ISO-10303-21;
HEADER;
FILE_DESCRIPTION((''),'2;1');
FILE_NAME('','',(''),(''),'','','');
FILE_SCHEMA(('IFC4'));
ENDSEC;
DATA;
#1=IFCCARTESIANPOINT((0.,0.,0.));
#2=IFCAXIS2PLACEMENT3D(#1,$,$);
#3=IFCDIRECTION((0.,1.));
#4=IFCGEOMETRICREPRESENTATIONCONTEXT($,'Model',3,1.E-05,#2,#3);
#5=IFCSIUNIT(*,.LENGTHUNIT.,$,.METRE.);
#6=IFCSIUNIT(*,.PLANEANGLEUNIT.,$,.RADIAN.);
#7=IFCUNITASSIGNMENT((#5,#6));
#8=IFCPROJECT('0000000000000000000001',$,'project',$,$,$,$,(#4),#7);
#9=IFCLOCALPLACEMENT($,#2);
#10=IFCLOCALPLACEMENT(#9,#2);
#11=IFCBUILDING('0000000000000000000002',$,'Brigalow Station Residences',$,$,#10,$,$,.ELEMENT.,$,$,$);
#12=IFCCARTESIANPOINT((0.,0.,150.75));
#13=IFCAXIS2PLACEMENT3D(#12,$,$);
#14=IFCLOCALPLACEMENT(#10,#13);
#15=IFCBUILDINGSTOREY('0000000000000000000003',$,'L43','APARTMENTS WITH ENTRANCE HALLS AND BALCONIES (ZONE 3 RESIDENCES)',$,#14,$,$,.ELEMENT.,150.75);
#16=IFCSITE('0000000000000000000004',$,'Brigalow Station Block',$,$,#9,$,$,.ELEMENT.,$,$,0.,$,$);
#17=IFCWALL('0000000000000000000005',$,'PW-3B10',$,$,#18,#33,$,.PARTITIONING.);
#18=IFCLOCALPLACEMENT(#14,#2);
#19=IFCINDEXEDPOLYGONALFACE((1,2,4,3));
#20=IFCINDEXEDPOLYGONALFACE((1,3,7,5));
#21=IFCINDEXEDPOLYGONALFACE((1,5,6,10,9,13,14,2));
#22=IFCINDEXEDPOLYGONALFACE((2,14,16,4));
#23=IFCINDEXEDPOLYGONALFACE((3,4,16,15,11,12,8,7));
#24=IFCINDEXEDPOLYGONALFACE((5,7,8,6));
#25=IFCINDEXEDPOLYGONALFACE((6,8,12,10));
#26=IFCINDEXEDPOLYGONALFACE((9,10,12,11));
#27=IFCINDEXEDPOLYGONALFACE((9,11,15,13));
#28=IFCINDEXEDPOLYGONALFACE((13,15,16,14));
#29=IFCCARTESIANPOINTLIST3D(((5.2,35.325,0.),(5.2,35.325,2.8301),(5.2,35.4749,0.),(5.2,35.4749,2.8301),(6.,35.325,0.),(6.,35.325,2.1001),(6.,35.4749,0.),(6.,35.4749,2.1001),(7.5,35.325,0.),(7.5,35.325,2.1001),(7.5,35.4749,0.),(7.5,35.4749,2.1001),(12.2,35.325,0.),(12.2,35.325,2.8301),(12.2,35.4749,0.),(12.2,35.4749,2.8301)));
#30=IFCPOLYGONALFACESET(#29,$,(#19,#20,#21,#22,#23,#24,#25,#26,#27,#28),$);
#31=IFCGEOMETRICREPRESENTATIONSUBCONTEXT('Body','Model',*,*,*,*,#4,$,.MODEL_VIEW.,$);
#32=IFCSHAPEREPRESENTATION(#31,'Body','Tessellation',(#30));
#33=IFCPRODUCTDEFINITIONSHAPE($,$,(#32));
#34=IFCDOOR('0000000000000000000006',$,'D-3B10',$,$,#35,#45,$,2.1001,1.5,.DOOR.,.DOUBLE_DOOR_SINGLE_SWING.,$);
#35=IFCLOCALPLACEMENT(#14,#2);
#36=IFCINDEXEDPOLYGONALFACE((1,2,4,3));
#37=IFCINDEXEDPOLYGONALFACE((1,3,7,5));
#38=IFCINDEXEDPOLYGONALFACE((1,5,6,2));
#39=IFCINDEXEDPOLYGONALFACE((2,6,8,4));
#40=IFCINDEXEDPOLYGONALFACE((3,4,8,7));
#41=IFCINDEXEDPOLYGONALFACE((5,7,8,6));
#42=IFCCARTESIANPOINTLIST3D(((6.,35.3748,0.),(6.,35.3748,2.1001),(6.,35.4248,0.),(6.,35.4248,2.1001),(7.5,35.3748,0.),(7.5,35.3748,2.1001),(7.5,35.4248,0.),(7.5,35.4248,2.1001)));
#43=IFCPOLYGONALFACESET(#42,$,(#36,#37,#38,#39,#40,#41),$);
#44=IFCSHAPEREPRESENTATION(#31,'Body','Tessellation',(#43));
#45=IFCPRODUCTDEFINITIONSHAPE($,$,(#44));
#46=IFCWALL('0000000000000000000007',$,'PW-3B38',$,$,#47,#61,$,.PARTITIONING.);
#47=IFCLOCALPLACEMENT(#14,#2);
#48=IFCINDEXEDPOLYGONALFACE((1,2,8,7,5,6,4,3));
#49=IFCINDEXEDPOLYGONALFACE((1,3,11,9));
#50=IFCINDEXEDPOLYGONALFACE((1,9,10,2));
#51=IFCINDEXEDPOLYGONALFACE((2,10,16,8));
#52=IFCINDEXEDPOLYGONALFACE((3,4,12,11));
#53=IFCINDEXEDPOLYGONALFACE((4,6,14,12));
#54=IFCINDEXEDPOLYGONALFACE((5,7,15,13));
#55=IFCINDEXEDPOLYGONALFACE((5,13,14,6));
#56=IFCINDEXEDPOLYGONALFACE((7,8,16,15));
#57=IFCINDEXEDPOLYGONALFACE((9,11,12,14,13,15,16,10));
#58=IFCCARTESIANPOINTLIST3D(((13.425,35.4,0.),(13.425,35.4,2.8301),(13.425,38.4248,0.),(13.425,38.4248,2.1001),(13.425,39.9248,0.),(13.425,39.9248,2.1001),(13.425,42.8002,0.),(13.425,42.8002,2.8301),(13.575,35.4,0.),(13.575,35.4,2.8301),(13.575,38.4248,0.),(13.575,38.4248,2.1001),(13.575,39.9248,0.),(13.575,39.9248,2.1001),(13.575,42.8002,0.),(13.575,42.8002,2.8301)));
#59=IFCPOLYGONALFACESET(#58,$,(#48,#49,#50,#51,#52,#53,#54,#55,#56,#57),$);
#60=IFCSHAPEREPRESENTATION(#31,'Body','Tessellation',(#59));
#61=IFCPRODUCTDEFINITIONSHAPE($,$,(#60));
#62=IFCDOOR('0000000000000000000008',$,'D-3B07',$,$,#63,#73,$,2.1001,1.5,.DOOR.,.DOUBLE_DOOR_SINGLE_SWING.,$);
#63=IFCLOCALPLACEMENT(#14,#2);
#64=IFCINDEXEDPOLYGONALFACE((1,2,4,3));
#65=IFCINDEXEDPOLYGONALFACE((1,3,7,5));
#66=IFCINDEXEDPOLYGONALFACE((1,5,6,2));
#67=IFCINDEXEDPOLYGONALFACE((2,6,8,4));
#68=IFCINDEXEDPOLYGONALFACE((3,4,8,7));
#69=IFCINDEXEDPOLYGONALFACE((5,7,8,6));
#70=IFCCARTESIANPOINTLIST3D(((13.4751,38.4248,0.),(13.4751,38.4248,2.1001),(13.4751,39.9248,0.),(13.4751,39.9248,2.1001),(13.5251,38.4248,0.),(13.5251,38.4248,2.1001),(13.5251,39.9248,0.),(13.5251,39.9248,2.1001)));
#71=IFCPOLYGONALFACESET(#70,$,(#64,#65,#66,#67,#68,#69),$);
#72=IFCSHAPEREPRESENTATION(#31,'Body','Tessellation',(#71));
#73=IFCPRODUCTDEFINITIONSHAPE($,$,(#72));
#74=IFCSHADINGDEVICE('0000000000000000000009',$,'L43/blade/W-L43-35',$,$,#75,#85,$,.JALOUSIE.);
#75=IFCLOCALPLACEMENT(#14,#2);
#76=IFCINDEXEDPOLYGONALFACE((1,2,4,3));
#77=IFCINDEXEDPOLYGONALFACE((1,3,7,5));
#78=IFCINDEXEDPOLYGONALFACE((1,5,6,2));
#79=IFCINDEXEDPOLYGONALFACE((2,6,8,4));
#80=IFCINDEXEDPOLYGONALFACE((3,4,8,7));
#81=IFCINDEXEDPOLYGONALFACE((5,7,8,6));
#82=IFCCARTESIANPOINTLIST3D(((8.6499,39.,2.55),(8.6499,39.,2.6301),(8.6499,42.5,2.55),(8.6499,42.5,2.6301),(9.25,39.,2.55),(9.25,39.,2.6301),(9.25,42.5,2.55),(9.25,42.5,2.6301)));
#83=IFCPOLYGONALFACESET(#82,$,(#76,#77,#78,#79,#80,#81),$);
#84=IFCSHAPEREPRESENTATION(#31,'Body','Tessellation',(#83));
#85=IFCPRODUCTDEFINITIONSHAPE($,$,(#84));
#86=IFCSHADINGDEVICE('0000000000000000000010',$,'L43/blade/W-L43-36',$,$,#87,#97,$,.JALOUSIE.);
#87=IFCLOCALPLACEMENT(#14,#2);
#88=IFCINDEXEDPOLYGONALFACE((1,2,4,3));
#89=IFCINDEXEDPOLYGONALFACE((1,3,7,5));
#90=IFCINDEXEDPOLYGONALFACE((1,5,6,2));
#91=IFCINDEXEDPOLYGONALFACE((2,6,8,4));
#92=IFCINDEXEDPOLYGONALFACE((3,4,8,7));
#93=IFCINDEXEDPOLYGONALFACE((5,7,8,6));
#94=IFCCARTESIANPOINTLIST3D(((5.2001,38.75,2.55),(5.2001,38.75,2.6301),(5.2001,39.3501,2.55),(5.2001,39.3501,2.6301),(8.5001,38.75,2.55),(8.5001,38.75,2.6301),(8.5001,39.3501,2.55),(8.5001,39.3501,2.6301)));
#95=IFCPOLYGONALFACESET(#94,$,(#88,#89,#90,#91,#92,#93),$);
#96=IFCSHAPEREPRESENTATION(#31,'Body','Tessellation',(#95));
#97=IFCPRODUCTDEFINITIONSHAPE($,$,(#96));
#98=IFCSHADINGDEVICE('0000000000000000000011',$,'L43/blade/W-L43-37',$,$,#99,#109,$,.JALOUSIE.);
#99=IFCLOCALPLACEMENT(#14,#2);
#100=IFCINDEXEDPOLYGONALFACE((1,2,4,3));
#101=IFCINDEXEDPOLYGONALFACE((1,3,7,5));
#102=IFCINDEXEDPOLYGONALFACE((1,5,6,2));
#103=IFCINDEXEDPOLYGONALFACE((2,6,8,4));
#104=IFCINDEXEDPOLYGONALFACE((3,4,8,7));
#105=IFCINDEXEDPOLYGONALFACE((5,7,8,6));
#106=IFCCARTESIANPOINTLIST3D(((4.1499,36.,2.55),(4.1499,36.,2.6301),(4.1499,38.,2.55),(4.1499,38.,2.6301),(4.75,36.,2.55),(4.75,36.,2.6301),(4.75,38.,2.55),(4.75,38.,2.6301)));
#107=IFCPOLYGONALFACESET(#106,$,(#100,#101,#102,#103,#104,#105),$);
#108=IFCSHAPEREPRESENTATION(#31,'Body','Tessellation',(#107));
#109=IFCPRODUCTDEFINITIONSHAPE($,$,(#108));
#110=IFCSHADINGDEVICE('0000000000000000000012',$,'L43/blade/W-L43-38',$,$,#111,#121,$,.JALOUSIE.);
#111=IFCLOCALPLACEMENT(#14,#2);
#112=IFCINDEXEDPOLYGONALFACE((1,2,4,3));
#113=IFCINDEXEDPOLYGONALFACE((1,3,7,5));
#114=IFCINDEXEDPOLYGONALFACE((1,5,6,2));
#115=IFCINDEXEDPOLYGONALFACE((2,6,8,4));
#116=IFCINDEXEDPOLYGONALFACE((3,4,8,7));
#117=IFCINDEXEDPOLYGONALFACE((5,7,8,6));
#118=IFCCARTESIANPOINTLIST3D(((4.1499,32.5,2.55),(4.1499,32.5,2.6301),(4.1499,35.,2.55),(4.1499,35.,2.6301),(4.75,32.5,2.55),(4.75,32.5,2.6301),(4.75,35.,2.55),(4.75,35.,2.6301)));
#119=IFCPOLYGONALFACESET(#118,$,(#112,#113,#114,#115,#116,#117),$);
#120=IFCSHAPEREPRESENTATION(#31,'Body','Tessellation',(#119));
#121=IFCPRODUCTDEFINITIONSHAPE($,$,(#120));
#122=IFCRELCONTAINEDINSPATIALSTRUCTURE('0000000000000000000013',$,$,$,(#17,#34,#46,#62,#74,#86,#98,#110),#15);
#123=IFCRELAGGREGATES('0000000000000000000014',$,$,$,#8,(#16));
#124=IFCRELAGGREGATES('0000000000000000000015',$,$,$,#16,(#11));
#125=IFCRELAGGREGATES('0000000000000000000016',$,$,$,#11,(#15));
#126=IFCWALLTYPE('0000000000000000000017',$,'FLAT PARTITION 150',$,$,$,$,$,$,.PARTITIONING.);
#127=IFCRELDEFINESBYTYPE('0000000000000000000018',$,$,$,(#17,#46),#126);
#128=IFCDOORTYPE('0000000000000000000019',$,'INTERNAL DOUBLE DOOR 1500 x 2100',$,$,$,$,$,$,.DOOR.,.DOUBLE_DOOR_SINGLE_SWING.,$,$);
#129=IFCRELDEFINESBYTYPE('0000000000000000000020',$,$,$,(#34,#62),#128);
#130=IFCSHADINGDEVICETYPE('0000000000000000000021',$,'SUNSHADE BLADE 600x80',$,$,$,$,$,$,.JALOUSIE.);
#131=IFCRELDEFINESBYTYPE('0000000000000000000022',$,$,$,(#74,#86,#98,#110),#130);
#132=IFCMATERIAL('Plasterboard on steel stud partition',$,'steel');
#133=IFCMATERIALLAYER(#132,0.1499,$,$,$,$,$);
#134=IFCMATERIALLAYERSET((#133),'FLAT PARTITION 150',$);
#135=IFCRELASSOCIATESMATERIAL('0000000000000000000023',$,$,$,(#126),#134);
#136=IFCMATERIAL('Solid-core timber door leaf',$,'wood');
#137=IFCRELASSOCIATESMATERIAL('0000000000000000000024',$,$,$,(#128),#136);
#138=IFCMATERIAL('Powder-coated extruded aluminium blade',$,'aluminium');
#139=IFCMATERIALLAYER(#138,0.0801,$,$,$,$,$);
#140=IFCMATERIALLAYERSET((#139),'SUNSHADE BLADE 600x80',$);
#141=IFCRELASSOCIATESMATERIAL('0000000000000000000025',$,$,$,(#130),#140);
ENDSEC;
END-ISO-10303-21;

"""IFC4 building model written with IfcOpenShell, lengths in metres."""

from ifc_helpers import new_model, si_unit, direction, frame, frame_2d, origin, origin_2d, place, context, subcontext, project, spatial, rectangle, extrude, material, layer, layer_set, type_object, element, fill, save


model = new_model("IFC4")

# Units and contexts
model_context = context("Model", 3, precision=1e-05, world=origin(), true_north=direction((0.0, 1.0)))
body_context = subcontext(model_context, "Body", "Model", "MODEL_VIEW")
ifc_project = project(units=[si_unit("LENGTHUNIT", "METRE"), si_unit("PLANEANGLEUNIT", "RADIAN")], contexts=[model_context])

# Site, building, storey
site_placement = place(None, origin())
site = spatial("IfcSite", under=ifc_project, at=site_placement, Name="Brigalow Station Block", CompositionType="ELEMENT", RefElevation=0.0)
building_placement = place(site_placement, origin())
building = spatial("IfcBuilding", under=site, at=building_placement, Name="Brigalow Station Residences", CompositionType="ELEMENT")
storey_placement = place(building_placement, frame((0.0, 0.0, 150.75)))
storey = spatial("IfcBuildingStorey", under=building, at=storey_placement, Name="L43", Description="APARTMENTS WITH ENTRANCE HALLS AND BALCONIES (ZONE 3 RESIDENCES)", CompositionType="ELEMENT", Elevation=150.75)

# Walls, openings, doors
ifc_material_1 = material(Name="Plasterboard on steel stud partition", Category="steel")
ifc_layer_1 = layer(ifc_material_1, 0.1499)
ifc_layer_set_1 = layer_set([ifc_layer_1], Name="FLAT PARTITION 150")
wall_type_1 = type_object("IfcWallType", Name="FLAT PARTITION 150", PredefinedType="PARTITIONING", material=ifc_layer_set_1)
wall_1_placement = place(storey_placement, frame((5.2, 35.3999, 0.0), z_axis=(0.0, 0.0, 1.0), x_axis=(1.0, 0.0, 0.0)))
wall_1 = element("IfcWall", 1, at=wall_1_placement, inside=storey, type_object=wall_type_1, Name="PW-3B10", PredefinedType="PARTITIONING", context=body_context, shape_type="SweptSolid", body=[
    extrude(rectangle(XDim=7.0, YDim=0.1499, at=frame_2d((3.5, 0.0))), origin(), (0.0, 0.0, 1.0), 2.8301),
])
opening_1_placement = place(wall_1_placement, frame((0.8, 0.0, 0.0)))
opening_1 = element("IfcOpeningElement", 2, at=opening_1_placement, cuts=wall_1, PredefinedType="OPENING", context=body_context, shape_type="SweptSolid", body=[
    extrude(rectangle(XDim=1.5, YDim=2.1001, at=frame_2d((0.75, 1.05))), frame((0.0, 0.085, 0.0), z_axis=(0.0, -1.0, 0.0), x_axis=(1.0, 0.0, 0.0)), (0.0, 0.0, 1.0), 0.1699),
])
ifc_material_2 = material(Name="Solid-core timber door leaf", Category="wood")
door_type_1 = type_object("IfcDoorType", Name="INTERNAL DOUBLE DOOR 1500 x 2100", OperationType="DOUBLE_DOOR_SINGLE_SWING", PredefinedType="DOOR", material=ifc_material_2)
door_1_placement = place(opening_1_placement, origin())
door_1 = element("IfcDoor", 3, at=door_1_placement, inside=storey, type_object=door_type_1, Name="D-3B10", OperationType="DOUBLE_DOOR_SINGLE_SWING", OverallHeight=2.1001, OverallWidth=1.5, PredefinedType="DOOR", context=body_context, shape_type="SweptSolid", body=[
    extrude(rectangle(XDim=1.5, YDim=2.1001, at=frame_2d((0.75, 1.05))), frame((0.0, 0.0249, 0.0), z_axis=(0.0, -1.0, 0.0), x_axis=(1.0, 0.0, 0.0)), (0.0, 0.0, 1.0), 0.05),
])
fill(opening_1, door_1)
wall_2_placement = place(storey_placement, frame((13.5, 35.3999, 0.0), z_axis=(0.0, 0.0, 1.0), x_axis=(0.0, 1.0, 0.0)))
wall_2 = element("IfcWall", 4, at=wall_2_placement, inside=storey, type_object=wall_type_1, Name="PW-3B38", PredefinedType="PARTITIONING", context=body_context, shape_type="SweptSolid", body=[
    extrude(rectangle(XDim=7.4001, YDim=0.1499, at=frame_2d((3.7002, 0.0))), origin(), (0.0, 0.0, 1.0), 2.8301),
])
opening_2_placement = place(wall_2_placement, frame((3.0249, 0.0, 0.0)))
opening_2 = element("IfcOpeningElement", 5, at=opening_2_placement, cuts=wall_2, PredefinedType="OPENING", context=body_context, shape_type="SweptSolid", body=[
    extrude(rectangle(XDim=1.5, YDim=2.1001, at=frame_2d((0.75, 1.05))), frame((0.0, 0.085, 0.0), z_axis=(0.0, -1.0, 0.0), x_axis=(1.0, 0.0, 0.0)), (0.0, 0.0, 1.0), 0.1699),
])
door_2_placement = place(opening_2_placement, origin())
door_2 = element("IfcDoor", 6, at=door_2_placement, inside=storey, type_object=door_type_1, Name="D-3B07", OperationType="DOUBLE_DOOR_SINGLE_SWING", OverallHeight=2.1001, OverallWidth=1.5, PredefinedType="DOOR", context=body_context, shape_type="SweptSolid", body=[
    extrude(rectangle(XDim=1.5, YDim=2.1001, at=frame_2d((0.75, 1.05))), frame((0.0, 0.0249, 0.0), z_axis=(0.0, -1.0, 0.0), x_axis=(1.0, 0.0, 0.0)), (0.0, 0.0, 1.0), 0.05),
])
fill(opening_2, door_2)

# Shading devices
ifc_material_3 = material(Name="Powder-coated extruded aluminium blade", Category="aluminium")
ifc_layer_2 = layer(ifc_material_3, 0.0801)
ifc_layer_set_2 = layer_set([ifc_layer_2], Name="SUNSHADE BLADE 600x80")
shading_device_type = type_object("IfcShadingDeviceType", Name="SUNSHADE BLADE 600x80", PredefinedType="JALOUSIE", material=ifc_layer_set_2)
shading_device_1_placement = place(storey_placement, frame((8.95, 40.75, 2.55), z_axis=(0.0, 0.0, 1.0), x_axis=(0.0, -1.0, 0.0)))
element("IfcShadingDevice", 7, at=shading_device_1_placement, inside=storey, type_object=shading_device_type, Name="L43/blade/W-L43-35", PredefinedType="JALOUSIE", context=body_context, shape_type="SweptSolid", body=[
    extrude(rectangle(XDim=3.5, YDim=0.6001, at=origin_2d()), origin(), (0.0, 0.0, 1.0), 0.0801),
])
shading_device_2_placement = place(storey_placement, frame((6.8501, 39.05, 2.55), z_axis=(0.0, 0.0, 1.0), x_axis=(-1.0, 0.0, 0.0)))
element("IfcShadingDevice", 8, at=shading_device_2_placement, inside=storey, type_object=shading_device_type, Name="L43/blade/W-L43-36", PredefinedType="JALOUSIE", context=body_context, shape_type="SweptSolid", body=[
    extrude(rectangle(XDim=3.3, YDim=0.6001, at=origin_2d()), origin(), (0.0, 0.0, 1.0), 0.0801),
])
shading_device_3_placement = place(storey_placement, frame((4.45, 37.0, 2.55), z_axis=(0.0, 0.0, 1.0), x_axis=(0.0, -1.0, 0.0)))
element("IfcShadingDevice", 9, at=shading_device_3_placement, inside=storey, type_object=shading_device_type, Name="L43/blade/W-L43-37", PredefinedType="JALOUSIE", context=body_context, shape_type="SweptSolid", body=[
    extrude(rectangle(XDim=2.0, YDim=0.6001, at=origin_2d()), origin(), (0.0, 0.0, 1.0), 0.0801),
])
shading_device_4_placement = place(storey_placement, frame((4.45, 33.75, 2.55), z_axis=(0.0, 0.0, 1.0), x_axis=(0.0, -1.0, 0.0)))
element("IfcShadingDevice", 10, at=shading_device_4_placement, inside=storey, type_object=shading_device_type, Name="L43/blade/W-L43-38", PredefinedType="JALOUSIE", context=body_context, shape_type="SweptSolid", body=[
    extrude(rectangle(XDim=2.5, YDim=0.6001, at=origin_2d()), origin(), (0.0, 0.0, 1.0), 0.0801),
])

save(model, "model.ifc")
